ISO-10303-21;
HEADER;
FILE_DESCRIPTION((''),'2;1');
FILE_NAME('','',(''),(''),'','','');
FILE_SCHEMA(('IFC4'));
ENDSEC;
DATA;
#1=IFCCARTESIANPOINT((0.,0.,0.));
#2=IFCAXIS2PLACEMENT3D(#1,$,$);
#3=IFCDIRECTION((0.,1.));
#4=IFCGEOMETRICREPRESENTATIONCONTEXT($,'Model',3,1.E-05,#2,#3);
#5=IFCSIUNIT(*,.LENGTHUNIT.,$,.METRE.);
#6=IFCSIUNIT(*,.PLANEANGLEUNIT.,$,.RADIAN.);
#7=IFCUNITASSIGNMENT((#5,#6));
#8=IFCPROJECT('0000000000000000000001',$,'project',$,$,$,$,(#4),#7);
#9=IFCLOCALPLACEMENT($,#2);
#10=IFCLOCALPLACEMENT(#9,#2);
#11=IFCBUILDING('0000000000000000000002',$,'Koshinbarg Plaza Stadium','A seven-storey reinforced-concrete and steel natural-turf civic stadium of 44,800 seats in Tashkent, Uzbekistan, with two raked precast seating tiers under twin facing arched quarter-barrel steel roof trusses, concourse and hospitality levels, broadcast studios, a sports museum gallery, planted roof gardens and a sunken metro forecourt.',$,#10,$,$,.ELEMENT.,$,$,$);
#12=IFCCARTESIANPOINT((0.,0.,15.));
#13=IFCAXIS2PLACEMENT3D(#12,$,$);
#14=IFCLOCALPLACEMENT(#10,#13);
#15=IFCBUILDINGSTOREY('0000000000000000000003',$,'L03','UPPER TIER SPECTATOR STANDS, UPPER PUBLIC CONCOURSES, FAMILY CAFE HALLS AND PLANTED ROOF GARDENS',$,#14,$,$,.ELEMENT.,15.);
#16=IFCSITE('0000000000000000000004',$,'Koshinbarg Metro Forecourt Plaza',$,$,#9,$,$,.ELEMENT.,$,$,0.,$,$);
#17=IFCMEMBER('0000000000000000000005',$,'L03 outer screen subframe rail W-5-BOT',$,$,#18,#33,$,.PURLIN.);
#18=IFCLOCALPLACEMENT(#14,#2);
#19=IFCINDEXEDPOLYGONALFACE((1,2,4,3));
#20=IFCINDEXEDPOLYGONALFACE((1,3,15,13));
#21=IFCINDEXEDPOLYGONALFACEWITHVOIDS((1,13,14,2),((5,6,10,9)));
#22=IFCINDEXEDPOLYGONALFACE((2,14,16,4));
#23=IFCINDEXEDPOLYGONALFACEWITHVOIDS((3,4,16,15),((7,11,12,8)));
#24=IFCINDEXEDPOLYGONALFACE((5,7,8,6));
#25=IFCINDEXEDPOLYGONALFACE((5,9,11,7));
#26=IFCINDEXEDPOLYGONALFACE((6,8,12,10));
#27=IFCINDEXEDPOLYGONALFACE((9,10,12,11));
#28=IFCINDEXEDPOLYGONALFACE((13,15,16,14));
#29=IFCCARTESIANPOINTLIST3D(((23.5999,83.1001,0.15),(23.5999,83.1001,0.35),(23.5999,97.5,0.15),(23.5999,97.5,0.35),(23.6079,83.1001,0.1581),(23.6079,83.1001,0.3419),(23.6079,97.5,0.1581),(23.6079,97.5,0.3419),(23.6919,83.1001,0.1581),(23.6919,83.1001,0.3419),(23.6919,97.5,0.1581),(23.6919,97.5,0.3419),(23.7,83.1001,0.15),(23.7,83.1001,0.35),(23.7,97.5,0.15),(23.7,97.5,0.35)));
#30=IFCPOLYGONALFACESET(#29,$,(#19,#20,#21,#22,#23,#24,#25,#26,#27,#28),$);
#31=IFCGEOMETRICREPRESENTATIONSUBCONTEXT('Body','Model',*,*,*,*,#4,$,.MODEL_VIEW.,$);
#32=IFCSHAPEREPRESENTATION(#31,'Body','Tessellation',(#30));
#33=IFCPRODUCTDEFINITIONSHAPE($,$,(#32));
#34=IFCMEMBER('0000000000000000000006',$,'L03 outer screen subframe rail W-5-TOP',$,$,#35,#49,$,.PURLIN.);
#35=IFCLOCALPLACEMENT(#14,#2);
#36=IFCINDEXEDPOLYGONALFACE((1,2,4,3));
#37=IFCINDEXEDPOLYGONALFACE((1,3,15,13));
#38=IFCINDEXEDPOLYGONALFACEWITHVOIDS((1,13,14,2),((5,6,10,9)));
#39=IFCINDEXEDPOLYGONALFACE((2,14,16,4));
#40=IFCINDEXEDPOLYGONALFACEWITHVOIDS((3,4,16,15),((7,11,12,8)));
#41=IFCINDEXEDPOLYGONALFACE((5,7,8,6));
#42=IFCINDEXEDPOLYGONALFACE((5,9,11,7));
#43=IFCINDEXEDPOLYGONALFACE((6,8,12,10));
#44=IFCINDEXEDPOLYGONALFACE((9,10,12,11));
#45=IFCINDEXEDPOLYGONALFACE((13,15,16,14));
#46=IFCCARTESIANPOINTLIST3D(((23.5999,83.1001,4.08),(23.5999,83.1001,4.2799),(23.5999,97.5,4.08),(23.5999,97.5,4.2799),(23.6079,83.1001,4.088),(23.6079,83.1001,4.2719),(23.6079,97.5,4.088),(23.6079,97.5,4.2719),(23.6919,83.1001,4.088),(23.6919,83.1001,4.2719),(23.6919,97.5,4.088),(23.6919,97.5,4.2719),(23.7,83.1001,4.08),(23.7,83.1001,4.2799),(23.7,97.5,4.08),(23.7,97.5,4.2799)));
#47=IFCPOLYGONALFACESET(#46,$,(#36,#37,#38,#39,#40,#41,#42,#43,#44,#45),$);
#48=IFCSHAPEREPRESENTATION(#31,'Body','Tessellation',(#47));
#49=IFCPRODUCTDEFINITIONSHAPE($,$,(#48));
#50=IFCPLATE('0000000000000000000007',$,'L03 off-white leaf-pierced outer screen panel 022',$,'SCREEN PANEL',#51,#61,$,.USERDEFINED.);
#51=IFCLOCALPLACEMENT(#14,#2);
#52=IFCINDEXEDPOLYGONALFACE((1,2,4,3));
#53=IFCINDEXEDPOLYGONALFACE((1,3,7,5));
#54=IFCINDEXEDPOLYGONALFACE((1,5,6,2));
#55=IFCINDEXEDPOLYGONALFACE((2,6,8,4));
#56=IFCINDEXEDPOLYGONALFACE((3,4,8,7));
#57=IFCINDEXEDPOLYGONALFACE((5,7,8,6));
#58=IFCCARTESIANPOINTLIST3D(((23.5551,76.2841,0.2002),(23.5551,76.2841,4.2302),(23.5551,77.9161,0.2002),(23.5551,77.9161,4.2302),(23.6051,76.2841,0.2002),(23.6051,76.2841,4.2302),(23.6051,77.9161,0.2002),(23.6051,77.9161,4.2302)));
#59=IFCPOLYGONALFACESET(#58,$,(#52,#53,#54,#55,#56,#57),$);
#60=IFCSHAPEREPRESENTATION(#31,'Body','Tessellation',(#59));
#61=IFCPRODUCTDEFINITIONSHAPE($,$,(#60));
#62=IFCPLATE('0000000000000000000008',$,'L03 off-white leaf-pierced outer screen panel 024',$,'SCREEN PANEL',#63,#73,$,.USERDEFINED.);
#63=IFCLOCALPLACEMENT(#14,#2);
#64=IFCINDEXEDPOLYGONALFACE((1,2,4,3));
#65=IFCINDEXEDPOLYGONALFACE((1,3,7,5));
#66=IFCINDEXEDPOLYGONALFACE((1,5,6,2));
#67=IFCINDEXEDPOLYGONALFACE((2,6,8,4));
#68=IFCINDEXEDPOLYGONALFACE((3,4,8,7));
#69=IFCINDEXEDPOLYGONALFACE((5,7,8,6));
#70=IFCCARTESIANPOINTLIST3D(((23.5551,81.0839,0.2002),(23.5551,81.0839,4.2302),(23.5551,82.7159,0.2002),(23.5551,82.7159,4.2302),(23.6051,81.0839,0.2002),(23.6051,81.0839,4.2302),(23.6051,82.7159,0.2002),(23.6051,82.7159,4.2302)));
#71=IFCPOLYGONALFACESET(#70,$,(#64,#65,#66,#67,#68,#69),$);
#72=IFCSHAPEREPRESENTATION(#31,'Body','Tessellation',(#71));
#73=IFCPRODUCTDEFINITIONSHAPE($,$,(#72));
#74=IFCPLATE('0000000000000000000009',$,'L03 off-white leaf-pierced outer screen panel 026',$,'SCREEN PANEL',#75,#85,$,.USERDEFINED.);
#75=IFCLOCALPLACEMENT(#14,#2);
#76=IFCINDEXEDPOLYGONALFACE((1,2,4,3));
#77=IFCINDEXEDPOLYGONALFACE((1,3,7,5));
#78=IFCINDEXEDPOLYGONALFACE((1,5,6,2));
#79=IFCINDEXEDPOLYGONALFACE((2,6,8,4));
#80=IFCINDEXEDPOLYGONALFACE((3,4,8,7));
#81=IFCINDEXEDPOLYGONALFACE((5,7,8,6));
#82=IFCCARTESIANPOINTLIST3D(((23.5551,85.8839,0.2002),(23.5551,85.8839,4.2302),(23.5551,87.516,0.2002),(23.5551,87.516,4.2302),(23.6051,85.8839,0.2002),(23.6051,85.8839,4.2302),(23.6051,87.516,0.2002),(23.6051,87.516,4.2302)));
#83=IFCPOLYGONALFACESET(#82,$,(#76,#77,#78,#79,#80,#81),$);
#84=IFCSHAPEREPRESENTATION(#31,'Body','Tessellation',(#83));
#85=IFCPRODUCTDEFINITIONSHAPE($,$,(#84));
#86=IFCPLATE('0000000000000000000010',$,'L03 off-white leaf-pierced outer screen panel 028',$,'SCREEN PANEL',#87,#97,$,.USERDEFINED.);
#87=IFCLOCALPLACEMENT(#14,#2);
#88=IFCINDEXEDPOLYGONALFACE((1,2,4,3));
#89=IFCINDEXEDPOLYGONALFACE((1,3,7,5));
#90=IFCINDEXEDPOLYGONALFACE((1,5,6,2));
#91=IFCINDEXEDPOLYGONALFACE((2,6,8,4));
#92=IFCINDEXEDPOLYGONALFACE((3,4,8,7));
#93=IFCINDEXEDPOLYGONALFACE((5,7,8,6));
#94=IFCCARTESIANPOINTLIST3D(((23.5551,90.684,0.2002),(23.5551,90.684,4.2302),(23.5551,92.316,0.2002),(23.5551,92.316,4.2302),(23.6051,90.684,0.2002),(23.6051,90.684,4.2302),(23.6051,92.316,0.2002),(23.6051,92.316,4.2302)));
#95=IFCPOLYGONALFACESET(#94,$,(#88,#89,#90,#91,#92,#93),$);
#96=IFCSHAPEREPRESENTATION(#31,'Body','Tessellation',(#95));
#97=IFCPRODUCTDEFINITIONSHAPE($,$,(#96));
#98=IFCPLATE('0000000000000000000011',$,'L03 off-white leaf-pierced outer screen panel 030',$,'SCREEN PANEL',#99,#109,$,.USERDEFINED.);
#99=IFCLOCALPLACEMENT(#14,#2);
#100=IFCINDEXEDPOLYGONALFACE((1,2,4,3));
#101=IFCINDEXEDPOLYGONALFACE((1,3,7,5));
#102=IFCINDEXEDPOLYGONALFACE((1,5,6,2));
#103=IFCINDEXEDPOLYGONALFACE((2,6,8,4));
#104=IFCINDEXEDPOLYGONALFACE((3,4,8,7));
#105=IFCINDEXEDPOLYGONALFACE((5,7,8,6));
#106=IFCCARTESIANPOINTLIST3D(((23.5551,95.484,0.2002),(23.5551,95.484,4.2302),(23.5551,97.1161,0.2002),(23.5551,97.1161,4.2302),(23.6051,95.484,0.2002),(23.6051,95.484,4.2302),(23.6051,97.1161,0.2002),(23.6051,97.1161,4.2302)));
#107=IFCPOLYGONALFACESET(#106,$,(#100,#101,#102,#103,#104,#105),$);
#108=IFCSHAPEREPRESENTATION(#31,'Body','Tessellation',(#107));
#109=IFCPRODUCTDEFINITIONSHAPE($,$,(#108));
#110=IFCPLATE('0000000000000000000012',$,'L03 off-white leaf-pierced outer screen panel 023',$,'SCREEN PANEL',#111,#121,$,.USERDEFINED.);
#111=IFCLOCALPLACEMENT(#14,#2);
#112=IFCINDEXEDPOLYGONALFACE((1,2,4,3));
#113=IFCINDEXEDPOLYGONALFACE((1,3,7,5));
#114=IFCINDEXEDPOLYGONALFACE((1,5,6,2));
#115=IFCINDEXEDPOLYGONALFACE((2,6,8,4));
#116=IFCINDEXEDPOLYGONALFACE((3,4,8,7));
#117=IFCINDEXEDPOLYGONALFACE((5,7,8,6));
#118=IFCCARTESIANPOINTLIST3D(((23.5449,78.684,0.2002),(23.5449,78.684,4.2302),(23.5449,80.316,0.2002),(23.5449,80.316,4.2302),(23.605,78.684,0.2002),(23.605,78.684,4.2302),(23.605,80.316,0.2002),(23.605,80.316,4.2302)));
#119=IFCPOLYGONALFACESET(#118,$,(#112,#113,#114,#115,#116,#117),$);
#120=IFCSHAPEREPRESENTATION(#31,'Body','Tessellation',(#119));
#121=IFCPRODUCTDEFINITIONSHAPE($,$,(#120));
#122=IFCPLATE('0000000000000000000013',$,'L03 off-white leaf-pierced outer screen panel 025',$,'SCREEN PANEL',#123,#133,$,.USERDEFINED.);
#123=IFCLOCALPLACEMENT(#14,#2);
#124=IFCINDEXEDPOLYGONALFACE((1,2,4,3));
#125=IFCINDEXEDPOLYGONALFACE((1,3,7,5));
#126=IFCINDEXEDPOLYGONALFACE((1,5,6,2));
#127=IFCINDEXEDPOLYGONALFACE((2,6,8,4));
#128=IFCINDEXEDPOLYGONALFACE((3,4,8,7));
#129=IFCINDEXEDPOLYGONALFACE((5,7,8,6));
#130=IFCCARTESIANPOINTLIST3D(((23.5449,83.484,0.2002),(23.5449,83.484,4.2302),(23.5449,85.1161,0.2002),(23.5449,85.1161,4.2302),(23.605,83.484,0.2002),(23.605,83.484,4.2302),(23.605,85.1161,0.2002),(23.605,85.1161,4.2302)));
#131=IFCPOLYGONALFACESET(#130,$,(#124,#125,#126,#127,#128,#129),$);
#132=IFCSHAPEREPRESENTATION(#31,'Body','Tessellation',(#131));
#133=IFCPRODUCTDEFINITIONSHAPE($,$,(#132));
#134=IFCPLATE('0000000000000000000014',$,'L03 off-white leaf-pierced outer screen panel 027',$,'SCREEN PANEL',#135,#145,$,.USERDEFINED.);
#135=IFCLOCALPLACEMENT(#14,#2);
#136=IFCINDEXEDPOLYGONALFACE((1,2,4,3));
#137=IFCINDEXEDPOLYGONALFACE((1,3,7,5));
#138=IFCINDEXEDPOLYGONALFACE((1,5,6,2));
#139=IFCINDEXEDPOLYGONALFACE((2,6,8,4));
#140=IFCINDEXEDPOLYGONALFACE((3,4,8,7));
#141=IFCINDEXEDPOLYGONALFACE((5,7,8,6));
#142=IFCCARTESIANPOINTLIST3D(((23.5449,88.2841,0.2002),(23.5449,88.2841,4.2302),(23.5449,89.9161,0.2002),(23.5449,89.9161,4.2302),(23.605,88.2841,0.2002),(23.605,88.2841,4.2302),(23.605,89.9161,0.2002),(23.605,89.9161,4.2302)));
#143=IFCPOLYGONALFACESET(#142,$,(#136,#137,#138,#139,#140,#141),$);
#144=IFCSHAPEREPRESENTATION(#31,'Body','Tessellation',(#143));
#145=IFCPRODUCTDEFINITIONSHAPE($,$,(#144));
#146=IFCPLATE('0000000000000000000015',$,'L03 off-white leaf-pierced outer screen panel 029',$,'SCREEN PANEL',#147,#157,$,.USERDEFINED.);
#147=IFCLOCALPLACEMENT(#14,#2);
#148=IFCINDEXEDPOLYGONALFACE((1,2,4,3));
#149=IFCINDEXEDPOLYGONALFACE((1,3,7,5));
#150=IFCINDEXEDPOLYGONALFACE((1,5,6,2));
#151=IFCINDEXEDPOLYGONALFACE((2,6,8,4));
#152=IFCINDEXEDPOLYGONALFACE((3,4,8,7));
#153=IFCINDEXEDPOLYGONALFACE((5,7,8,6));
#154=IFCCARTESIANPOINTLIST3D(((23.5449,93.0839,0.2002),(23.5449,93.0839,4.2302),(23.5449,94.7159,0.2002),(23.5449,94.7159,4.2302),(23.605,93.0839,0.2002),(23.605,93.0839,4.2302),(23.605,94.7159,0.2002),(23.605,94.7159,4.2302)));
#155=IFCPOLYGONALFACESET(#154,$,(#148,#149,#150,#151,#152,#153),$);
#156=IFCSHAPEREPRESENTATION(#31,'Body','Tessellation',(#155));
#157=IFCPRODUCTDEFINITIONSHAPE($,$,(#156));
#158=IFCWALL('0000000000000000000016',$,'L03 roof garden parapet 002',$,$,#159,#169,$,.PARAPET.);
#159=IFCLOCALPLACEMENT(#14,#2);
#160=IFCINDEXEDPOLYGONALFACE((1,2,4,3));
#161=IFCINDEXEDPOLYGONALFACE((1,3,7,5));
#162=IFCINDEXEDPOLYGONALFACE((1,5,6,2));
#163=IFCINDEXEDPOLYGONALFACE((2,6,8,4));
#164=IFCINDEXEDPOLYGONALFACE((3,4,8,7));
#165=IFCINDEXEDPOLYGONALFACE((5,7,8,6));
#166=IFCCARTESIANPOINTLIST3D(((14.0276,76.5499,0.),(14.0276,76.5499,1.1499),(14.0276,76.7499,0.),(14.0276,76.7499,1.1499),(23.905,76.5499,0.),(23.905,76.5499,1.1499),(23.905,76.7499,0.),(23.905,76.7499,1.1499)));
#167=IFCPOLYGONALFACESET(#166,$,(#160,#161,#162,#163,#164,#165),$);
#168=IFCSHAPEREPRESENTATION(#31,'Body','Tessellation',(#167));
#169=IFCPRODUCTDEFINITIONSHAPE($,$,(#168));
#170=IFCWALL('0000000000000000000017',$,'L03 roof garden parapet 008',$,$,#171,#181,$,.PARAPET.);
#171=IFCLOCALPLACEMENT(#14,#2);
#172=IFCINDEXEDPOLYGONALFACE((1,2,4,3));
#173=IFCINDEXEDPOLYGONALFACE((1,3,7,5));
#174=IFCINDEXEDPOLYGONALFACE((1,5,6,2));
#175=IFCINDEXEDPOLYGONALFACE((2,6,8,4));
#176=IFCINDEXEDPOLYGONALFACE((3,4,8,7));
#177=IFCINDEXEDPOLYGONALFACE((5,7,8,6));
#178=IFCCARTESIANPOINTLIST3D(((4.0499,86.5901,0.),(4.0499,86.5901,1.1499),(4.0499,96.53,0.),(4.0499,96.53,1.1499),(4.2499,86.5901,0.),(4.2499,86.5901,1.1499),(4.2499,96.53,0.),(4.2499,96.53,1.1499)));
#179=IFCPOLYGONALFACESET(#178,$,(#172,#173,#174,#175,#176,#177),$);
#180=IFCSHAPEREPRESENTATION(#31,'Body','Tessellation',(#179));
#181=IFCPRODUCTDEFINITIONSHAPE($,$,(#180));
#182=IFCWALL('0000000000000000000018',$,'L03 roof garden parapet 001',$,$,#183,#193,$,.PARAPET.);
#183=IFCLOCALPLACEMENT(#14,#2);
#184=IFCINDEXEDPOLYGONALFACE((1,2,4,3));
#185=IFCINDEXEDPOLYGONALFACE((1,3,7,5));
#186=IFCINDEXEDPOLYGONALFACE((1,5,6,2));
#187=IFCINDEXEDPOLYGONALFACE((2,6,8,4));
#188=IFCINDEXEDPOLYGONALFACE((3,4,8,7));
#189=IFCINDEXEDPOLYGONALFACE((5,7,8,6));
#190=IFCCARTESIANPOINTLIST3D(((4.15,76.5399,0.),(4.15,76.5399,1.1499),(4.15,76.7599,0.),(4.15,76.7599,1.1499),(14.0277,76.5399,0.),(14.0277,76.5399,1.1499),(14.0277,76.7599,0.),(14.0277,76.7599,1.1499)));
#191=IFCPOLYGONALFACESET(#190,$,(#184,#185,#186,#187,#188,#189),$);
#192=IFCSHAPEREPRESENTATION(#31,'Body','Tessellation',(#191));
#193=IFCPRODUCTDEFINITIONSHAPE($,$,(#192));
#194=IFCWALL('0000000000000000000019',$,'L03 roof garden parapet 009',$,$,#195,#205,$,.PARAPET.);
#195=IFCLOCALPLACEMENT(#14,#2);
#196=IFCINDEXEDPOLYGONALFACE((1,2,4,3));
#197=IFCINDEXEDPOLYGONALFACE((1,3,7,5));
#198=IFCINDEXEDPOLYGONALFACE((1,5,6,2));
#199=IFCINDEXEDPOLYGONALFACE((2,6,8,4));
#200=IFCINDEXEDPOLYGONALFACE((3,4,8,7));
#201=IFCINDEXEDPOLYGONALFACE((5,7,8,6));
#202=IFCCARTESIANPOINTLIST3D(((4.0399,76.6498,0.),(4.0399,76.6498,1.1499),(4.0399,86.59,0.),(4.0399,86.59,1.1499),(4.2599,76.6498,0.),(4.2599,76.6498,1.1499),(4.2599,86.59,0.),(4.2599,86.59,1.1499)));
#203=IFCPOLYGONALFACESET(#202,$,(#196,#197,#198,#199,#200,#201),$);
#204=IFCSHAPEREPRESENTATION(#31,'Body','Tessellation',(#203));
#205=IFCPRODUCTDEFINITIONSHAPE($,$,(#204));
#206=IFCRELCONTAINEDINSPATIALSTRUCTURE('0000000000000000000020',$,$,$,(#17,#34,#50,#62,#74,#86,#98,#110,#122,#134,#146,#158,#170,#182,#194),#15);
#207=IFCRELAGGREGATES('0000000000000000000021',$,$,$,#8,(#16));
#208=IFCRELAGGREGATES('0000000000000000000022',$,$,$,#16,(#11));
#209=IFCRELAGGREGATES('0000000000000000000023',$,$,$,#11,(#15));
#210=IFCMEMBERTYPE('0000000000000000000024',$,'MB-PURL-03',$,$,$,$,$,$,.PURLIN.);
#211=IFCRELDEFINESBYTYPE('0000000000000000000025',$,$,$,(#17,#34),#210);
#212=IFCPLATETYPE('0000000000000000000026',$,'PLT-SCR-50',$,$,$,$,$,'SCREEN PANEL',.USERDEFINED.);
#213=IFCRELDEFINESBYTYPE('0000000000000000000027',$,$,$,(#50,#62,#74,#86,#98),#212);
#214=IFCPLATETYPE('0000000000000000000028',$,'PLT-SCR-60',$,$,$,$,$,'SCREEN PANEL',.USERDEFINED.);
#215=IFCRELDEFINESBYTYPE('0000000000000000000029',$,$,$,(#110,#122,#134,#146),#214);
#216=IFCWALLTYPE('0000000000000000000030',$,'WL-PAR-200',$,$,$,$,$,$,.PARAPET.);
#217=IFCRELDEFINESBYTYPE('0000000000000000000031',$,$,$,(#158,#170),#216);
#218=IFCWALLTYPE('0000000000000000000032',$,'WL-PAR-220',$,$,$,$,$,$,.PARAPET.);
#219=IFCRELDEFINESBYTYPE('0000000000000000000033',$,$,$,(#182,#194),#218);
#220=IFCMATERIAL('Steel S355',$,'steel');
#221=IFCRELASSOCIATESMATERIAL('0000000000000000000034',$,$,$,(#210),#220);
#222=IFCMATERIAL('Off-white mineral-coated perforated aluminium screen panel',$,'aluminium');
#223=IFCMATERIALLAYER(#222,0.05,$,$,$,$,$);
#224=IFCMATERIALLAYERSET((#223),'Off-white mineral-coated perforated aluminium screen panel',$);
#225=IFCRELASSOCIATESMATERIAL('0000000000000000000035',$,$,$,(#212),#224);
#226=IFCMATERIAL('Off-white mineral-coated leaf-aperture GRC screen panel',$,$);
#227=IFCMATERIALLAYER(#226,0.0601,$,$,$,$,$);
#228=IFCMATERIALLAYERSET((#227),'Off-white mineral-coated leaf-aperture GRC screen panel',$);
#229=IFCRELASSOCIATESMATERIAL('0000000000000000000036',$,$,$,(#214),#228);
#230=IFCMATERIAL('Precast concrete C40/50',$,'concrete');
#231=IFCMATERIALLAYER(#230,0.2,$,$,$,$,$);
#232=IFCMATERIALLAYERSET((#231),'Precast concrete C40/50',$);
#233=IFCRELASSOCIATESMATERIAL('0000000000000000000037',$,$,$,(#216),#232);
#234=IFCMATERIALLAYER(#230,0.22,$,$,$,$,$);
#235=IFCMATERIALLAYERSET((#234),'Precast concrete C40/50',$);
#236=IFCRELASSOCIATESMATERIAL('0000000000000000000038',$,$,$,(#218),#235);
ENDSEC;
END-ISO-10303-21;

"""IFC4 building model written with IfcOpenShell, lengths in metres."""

from ifc_helpers import new_model, si_unit, direction, frame, frame_2d, origin, origin_2d, place, context, subcontext, project, spatial, rectangle, hollow_rectangle, extrude, material, layer, layer_set, material_profile, profile_set, type_object, element, save


model = new_model("IFC4")

# Units and contexts
model_context = context("Model", 3, precision=1e-05, world=origin(), true_north=direction((0.0, 1.0)))
body_context = subcontext(model_context, "Body", "Model", "MODEL_VIEW")
ifc_project = project(units=[si_unit("LENGTHUNIT", "METRE"), si_unit("PLANEANGLEUNIT", "RADIAN")], contexts=[model_context])

# Site, building, storey
site_placement = place(None, origin())
site = spatial("IfcSite", under=ifc_project, at=site_placement, Name="Koshinbarg Metro Forecourt Plaza", CompositionType="ELEMENT", RefElevation=0.0)
building_placement = place(site_placement, origin())
building = spatial("IfcBuilding", under=site, at=building_placement, Name="Koshinbarg Plaza Stadium", Description="A seven-storey reinforced-concrete and steel natural-turf civic stadium of 44,800 seats in Tashkent, Uzbekistan, with two raked precast seating tiers under twin facing arched quarter-barrel steel roof trusses, concourse and hospitality levels, broadcast studios, a sports museum gallery, planted roof gardens and a sunken metro forecourt.", CompositionType="ELEMENT")
storey_placement = place(building_placement, frame((0.0, 0.0, 15.0)))
storey = spatial("IfcBuildingStorey", under=building, at=storey_placement, Name="L03", Description="UPPER TIER SPECTATOR STANDS, UPPER PUBLIC CONCOURSES, FAMILY CAFE HALLS AND PLANTED ROOF GARDENS", CompositionType="ELEMENT", Elevation=15.0)

# Shared definitions
ifc_material_1 = material(Name="Steel S355", Category="steel")

# Members
ifc_material_profile_1 = material_profile(ifc_material_1, hollow_rectangle(XDim=0.1001, YDim=0.2, WallThickness=0.0081, at=origin_2d()), Name="RHS 200x100x8")
ifc_profile_set_1 = profile_set([ifc_material_profile_1], Name="Steel S355")
member_type = type_object("IfcMemberType", Name="MB-PURL-03", PredefinedType="PURLIN", material=ifc_profile_set_1)
for number, where, z_axis, x_axis, name in (
    (1, (23.6499, 83.1001, 0.25), (0.0, 1.0, 0.0), (-1.0, 0.0, 0.0), "L03 outer screen subframe rail W-5-BOT"),
    (2, (23.6499, 83.1001, 4.1799), (0.0, 1.0, 0.0), (-1.0, 0.0, 0.0), "L03 outer screen subframe rail W-5-TOP"),
):
    element("IfcMember", number, at=place(storey_placement, frame(where, z_axis=z_axis, x_axis=x_axis)), inside=storey, type_object=member_type, Name=name, PredefinedType="PURLIN", context=body_context, shape_type="SweptSolid", body=[
        extrude(hollow_rectangle(XDim=0.1001, YDim=0.2, WallThickness=0.0081, at=origin_2d()), origin(), (0.0, 0.0, 1.0), 14.3999),
    ])

# Plates
ifc_material_2 = material(Name="Off-white mineral-coated perforated aluminium screen panel", Category="aluminium")
ifc_layer_1 = layer(ifc_material_2, 0.05)
ifc_layer_set_1 = layer_set([ifc_layer_1], Name="Off-white mineral-coated perforated aluminium screen panel")
plate_type_1 = type_object("IfcPlateType", Name="PLT-SCR-50", ElementType="SCREEN PANEL", PredefinedType="USERDEFINED", material=ifc_layer_set_1)
for number, where, z_axis, x_axis, name in (
    (3, (23.5801, 77.1001, 0.2002), (0.0, 0.0, 1.0), (1.0, 0.0, 0.0), "L03 off-white leaf-pierced outer screen panel 022"),
    (4, (23.5801, 81.8999, 0.2002), (0.0, 0.0, 1.0), (1.0, 0.0, 0.0), "L03 off-white leaf-pierced outer screen panel 024"),
    (5, (23.5801, 86.7, 0.2002), (0.0, 0.0, 1.0), (1.0, 0.0, 0.0), "L03 off-white leaf-pierced outer screen panel 026"),
    (6, (23.5801, 91.5, 0.2002), (0.0, 0.0, 1.0), (1.0, 0.0, 0.0), "L03 off-white leaf-pierced outer screen panel 028"),
    (7, (23.5801, 96.3, 0.2002), (0.0, 0.0, 1.0), (1.0, 0.0, 0.0), "L03 off-white leaf-pierced outer screen panel 030"),
):
    element("IfcPlate", number, at=place(storey_placement, frame(where, z_axis=z_axis, x_axis=x_axis)), inside=storey, type_object=plate_type_1, Name=name, ObjectType="SCREEN PANEL", PredefinedType="USERDEFINED", context=body_context, shape_type="SweptSolid", body=[
        extrude(rectangle(XDim=0.05, YDim=1.6321, at=origin_2d()), origin(), (0.0, 0.0, 1.0), 4.03),
    ])
ifc_material_3 = material(Name="Off-white mineral-coated leaf-aperture GRC screen panel")
ifc_layer_2 = layer(ifc_material_3, 0.0601)
ifc_layer_set_2 = layer_set([ifc_layer_2], Name="Off-white mineral-coated leaf-aperture GRC screen panel")
plate_type_2 = type_object("IfcPlateType", Name="PLT-SCR-60", ElementType="SCREEN PANEL", PredefinedType="USERDEFINED", material=ifc_layer_set_2)
for number, where, z_axis, x_axis, name in (
    (8, (23.575, 79.5, 0.2002), (0.0, 0.0, 1.0), (1.0, 0.0, 0.0), "L03 off-white leaf-pierced outer screen panel 023"),
    (9, (23.575, 84.3, 0.2002), (0.0, 0.0, 1.0), (1.0, 0.0, 0.0), "L03 off-white leaf-pierced outer screen panel 025"),
    (10, (23.575, 89.1001, 0.2002), (0.0, 0.0, 1.0), (1.0, 0.0, 0.0), "L03 off-white leaf-pierced outer screen panel 027"),
    (11, (23.575, 93.8999, 0.2002), (0.0, 0.0, 1.0), (1.0, 0.0, 0.0), "L03 off-white leaf-pierced outer screen panel 029"),
):
    element("IfcPlate", number, at=place(storey_placement, frame(where, z_axis=z_axis, x_axis=x_axis)), inside=storey, type_object=plate_type_2, Name=name, ObjectType="SCREEN PANEL", PredefinedType="USERDEFINED", context=body_context, shape_type="SweptSolid", body=[
        extrude(rectangle(XDim=0.0601, YDim=1.6321, at=origin_2d()), origin(), (0.0, 0.0, 1.0), 4.03),
    ])

# Walls
ifc_material_4 = material(Name="Precast concrete C40/50", Category="concrete")
ifc_layer_3 = layer(ifc_material_4, 0.2)
ifc_layer_set_3 = layer_set([ifc_layer_3], Name="Precast concrete C40/50")
wall_type_1 = type_object("IfcWallType", Name="WL-PAR-200", PredefinedType="PARAPET", material=ifc_layer_set_3)
wall_1_placement = place(storey_placement, frame((14.0276, 76.6499, 0.0), z_axis=(0.0, 0.0, 1.0), x_axis=(1.0, 0.0, 0.0)))
element("IfcWall", 12, at=wall_1_placement, inside=storey, type_object=wall_type_1, Name="L03 roof garden parapet 002", PredefinedType="PARAPET", context=body_context, shape_type="SweptSolid", body=[
    extrude(rectangle(XDim=9.8774, YDim=0.2, at=frame_2d((4.9387, 0.0))), origin(), (0.0, 0.0, 1.0), 1.1499),
])
wall_2_placement = place(storey_placement, frame((4.1499, 96.53, 0.0), z_axis=(0.0, 0.0, 1.0), x_axis=(0.0, -1.0, 0.0)))
element("IfcWall", 13, at=wall_2_placement, inside=storey, type_object=wall_type_1, Name="L03 roof garden parapet 008", PredefinedType="PARAPET", context=body_context, shape_type="SweptSolid", body=[
    extrude(rectangle(XDim=9.9399, YDim=0.2, at=frame_2d((4.97, 0.0))), origin(), (0.0, 0.0, 1.0), 1.1499),
])
ifc_layer_4 = layer(ifc_material_4, 0.22)
ifc_layer_set_4 = layer_set([ifc_layer_4], Name="Precast concrete C40/50")
wall_type_2 = type_object("IfcWallType", Name="WL-PAR-220", PredefinedType="PARAPET", material=ifc_layer_set_4)
wall_3_placement = place(storey_placement, frame((4.1499, 76.6499, 0.0), z_axis=(0.0, 0.0, 1.0), x_axis=(1.0, 0.0, 0.0)))
element("IfcWall", 14, at=wall_3_placement, inside=storey, type_object=wall_type_2, Name="L03 roof garden parapet 001", PredefinedType="PARAPET", context=body_context, shape_type="SweptSolid", body=[
    extrude(rectangle(XDim=9.8777, YDim=0.22, at=frame_2d((4.939, 0.0))), origin(), (0.0, 0.0, 1.0), 1.1499),
])
wall_4_placement = place(storey_placement, frame((4.1499, 86.5901, 0.0), z_axis=(0.0, 0.0, 1.0), x_axis=(0.0, -1.0, 0.0)))
element("IfcWall", 15, at=wall_4_placement, inside=storey, type_object=wall_type_2, Name="L03 roof garden parapet 009", PredefinedType="PARAPET", context=body_context, shape_type="SweptSolid", body=[
    extrude(rectangle(XDim=9.9402, YDim=0.22, at=frame_2d((4.9702, 0.0))), origin(), (0.0, 0.0, 1.0), 1.1499),
])

save(model, "model.ifc")
